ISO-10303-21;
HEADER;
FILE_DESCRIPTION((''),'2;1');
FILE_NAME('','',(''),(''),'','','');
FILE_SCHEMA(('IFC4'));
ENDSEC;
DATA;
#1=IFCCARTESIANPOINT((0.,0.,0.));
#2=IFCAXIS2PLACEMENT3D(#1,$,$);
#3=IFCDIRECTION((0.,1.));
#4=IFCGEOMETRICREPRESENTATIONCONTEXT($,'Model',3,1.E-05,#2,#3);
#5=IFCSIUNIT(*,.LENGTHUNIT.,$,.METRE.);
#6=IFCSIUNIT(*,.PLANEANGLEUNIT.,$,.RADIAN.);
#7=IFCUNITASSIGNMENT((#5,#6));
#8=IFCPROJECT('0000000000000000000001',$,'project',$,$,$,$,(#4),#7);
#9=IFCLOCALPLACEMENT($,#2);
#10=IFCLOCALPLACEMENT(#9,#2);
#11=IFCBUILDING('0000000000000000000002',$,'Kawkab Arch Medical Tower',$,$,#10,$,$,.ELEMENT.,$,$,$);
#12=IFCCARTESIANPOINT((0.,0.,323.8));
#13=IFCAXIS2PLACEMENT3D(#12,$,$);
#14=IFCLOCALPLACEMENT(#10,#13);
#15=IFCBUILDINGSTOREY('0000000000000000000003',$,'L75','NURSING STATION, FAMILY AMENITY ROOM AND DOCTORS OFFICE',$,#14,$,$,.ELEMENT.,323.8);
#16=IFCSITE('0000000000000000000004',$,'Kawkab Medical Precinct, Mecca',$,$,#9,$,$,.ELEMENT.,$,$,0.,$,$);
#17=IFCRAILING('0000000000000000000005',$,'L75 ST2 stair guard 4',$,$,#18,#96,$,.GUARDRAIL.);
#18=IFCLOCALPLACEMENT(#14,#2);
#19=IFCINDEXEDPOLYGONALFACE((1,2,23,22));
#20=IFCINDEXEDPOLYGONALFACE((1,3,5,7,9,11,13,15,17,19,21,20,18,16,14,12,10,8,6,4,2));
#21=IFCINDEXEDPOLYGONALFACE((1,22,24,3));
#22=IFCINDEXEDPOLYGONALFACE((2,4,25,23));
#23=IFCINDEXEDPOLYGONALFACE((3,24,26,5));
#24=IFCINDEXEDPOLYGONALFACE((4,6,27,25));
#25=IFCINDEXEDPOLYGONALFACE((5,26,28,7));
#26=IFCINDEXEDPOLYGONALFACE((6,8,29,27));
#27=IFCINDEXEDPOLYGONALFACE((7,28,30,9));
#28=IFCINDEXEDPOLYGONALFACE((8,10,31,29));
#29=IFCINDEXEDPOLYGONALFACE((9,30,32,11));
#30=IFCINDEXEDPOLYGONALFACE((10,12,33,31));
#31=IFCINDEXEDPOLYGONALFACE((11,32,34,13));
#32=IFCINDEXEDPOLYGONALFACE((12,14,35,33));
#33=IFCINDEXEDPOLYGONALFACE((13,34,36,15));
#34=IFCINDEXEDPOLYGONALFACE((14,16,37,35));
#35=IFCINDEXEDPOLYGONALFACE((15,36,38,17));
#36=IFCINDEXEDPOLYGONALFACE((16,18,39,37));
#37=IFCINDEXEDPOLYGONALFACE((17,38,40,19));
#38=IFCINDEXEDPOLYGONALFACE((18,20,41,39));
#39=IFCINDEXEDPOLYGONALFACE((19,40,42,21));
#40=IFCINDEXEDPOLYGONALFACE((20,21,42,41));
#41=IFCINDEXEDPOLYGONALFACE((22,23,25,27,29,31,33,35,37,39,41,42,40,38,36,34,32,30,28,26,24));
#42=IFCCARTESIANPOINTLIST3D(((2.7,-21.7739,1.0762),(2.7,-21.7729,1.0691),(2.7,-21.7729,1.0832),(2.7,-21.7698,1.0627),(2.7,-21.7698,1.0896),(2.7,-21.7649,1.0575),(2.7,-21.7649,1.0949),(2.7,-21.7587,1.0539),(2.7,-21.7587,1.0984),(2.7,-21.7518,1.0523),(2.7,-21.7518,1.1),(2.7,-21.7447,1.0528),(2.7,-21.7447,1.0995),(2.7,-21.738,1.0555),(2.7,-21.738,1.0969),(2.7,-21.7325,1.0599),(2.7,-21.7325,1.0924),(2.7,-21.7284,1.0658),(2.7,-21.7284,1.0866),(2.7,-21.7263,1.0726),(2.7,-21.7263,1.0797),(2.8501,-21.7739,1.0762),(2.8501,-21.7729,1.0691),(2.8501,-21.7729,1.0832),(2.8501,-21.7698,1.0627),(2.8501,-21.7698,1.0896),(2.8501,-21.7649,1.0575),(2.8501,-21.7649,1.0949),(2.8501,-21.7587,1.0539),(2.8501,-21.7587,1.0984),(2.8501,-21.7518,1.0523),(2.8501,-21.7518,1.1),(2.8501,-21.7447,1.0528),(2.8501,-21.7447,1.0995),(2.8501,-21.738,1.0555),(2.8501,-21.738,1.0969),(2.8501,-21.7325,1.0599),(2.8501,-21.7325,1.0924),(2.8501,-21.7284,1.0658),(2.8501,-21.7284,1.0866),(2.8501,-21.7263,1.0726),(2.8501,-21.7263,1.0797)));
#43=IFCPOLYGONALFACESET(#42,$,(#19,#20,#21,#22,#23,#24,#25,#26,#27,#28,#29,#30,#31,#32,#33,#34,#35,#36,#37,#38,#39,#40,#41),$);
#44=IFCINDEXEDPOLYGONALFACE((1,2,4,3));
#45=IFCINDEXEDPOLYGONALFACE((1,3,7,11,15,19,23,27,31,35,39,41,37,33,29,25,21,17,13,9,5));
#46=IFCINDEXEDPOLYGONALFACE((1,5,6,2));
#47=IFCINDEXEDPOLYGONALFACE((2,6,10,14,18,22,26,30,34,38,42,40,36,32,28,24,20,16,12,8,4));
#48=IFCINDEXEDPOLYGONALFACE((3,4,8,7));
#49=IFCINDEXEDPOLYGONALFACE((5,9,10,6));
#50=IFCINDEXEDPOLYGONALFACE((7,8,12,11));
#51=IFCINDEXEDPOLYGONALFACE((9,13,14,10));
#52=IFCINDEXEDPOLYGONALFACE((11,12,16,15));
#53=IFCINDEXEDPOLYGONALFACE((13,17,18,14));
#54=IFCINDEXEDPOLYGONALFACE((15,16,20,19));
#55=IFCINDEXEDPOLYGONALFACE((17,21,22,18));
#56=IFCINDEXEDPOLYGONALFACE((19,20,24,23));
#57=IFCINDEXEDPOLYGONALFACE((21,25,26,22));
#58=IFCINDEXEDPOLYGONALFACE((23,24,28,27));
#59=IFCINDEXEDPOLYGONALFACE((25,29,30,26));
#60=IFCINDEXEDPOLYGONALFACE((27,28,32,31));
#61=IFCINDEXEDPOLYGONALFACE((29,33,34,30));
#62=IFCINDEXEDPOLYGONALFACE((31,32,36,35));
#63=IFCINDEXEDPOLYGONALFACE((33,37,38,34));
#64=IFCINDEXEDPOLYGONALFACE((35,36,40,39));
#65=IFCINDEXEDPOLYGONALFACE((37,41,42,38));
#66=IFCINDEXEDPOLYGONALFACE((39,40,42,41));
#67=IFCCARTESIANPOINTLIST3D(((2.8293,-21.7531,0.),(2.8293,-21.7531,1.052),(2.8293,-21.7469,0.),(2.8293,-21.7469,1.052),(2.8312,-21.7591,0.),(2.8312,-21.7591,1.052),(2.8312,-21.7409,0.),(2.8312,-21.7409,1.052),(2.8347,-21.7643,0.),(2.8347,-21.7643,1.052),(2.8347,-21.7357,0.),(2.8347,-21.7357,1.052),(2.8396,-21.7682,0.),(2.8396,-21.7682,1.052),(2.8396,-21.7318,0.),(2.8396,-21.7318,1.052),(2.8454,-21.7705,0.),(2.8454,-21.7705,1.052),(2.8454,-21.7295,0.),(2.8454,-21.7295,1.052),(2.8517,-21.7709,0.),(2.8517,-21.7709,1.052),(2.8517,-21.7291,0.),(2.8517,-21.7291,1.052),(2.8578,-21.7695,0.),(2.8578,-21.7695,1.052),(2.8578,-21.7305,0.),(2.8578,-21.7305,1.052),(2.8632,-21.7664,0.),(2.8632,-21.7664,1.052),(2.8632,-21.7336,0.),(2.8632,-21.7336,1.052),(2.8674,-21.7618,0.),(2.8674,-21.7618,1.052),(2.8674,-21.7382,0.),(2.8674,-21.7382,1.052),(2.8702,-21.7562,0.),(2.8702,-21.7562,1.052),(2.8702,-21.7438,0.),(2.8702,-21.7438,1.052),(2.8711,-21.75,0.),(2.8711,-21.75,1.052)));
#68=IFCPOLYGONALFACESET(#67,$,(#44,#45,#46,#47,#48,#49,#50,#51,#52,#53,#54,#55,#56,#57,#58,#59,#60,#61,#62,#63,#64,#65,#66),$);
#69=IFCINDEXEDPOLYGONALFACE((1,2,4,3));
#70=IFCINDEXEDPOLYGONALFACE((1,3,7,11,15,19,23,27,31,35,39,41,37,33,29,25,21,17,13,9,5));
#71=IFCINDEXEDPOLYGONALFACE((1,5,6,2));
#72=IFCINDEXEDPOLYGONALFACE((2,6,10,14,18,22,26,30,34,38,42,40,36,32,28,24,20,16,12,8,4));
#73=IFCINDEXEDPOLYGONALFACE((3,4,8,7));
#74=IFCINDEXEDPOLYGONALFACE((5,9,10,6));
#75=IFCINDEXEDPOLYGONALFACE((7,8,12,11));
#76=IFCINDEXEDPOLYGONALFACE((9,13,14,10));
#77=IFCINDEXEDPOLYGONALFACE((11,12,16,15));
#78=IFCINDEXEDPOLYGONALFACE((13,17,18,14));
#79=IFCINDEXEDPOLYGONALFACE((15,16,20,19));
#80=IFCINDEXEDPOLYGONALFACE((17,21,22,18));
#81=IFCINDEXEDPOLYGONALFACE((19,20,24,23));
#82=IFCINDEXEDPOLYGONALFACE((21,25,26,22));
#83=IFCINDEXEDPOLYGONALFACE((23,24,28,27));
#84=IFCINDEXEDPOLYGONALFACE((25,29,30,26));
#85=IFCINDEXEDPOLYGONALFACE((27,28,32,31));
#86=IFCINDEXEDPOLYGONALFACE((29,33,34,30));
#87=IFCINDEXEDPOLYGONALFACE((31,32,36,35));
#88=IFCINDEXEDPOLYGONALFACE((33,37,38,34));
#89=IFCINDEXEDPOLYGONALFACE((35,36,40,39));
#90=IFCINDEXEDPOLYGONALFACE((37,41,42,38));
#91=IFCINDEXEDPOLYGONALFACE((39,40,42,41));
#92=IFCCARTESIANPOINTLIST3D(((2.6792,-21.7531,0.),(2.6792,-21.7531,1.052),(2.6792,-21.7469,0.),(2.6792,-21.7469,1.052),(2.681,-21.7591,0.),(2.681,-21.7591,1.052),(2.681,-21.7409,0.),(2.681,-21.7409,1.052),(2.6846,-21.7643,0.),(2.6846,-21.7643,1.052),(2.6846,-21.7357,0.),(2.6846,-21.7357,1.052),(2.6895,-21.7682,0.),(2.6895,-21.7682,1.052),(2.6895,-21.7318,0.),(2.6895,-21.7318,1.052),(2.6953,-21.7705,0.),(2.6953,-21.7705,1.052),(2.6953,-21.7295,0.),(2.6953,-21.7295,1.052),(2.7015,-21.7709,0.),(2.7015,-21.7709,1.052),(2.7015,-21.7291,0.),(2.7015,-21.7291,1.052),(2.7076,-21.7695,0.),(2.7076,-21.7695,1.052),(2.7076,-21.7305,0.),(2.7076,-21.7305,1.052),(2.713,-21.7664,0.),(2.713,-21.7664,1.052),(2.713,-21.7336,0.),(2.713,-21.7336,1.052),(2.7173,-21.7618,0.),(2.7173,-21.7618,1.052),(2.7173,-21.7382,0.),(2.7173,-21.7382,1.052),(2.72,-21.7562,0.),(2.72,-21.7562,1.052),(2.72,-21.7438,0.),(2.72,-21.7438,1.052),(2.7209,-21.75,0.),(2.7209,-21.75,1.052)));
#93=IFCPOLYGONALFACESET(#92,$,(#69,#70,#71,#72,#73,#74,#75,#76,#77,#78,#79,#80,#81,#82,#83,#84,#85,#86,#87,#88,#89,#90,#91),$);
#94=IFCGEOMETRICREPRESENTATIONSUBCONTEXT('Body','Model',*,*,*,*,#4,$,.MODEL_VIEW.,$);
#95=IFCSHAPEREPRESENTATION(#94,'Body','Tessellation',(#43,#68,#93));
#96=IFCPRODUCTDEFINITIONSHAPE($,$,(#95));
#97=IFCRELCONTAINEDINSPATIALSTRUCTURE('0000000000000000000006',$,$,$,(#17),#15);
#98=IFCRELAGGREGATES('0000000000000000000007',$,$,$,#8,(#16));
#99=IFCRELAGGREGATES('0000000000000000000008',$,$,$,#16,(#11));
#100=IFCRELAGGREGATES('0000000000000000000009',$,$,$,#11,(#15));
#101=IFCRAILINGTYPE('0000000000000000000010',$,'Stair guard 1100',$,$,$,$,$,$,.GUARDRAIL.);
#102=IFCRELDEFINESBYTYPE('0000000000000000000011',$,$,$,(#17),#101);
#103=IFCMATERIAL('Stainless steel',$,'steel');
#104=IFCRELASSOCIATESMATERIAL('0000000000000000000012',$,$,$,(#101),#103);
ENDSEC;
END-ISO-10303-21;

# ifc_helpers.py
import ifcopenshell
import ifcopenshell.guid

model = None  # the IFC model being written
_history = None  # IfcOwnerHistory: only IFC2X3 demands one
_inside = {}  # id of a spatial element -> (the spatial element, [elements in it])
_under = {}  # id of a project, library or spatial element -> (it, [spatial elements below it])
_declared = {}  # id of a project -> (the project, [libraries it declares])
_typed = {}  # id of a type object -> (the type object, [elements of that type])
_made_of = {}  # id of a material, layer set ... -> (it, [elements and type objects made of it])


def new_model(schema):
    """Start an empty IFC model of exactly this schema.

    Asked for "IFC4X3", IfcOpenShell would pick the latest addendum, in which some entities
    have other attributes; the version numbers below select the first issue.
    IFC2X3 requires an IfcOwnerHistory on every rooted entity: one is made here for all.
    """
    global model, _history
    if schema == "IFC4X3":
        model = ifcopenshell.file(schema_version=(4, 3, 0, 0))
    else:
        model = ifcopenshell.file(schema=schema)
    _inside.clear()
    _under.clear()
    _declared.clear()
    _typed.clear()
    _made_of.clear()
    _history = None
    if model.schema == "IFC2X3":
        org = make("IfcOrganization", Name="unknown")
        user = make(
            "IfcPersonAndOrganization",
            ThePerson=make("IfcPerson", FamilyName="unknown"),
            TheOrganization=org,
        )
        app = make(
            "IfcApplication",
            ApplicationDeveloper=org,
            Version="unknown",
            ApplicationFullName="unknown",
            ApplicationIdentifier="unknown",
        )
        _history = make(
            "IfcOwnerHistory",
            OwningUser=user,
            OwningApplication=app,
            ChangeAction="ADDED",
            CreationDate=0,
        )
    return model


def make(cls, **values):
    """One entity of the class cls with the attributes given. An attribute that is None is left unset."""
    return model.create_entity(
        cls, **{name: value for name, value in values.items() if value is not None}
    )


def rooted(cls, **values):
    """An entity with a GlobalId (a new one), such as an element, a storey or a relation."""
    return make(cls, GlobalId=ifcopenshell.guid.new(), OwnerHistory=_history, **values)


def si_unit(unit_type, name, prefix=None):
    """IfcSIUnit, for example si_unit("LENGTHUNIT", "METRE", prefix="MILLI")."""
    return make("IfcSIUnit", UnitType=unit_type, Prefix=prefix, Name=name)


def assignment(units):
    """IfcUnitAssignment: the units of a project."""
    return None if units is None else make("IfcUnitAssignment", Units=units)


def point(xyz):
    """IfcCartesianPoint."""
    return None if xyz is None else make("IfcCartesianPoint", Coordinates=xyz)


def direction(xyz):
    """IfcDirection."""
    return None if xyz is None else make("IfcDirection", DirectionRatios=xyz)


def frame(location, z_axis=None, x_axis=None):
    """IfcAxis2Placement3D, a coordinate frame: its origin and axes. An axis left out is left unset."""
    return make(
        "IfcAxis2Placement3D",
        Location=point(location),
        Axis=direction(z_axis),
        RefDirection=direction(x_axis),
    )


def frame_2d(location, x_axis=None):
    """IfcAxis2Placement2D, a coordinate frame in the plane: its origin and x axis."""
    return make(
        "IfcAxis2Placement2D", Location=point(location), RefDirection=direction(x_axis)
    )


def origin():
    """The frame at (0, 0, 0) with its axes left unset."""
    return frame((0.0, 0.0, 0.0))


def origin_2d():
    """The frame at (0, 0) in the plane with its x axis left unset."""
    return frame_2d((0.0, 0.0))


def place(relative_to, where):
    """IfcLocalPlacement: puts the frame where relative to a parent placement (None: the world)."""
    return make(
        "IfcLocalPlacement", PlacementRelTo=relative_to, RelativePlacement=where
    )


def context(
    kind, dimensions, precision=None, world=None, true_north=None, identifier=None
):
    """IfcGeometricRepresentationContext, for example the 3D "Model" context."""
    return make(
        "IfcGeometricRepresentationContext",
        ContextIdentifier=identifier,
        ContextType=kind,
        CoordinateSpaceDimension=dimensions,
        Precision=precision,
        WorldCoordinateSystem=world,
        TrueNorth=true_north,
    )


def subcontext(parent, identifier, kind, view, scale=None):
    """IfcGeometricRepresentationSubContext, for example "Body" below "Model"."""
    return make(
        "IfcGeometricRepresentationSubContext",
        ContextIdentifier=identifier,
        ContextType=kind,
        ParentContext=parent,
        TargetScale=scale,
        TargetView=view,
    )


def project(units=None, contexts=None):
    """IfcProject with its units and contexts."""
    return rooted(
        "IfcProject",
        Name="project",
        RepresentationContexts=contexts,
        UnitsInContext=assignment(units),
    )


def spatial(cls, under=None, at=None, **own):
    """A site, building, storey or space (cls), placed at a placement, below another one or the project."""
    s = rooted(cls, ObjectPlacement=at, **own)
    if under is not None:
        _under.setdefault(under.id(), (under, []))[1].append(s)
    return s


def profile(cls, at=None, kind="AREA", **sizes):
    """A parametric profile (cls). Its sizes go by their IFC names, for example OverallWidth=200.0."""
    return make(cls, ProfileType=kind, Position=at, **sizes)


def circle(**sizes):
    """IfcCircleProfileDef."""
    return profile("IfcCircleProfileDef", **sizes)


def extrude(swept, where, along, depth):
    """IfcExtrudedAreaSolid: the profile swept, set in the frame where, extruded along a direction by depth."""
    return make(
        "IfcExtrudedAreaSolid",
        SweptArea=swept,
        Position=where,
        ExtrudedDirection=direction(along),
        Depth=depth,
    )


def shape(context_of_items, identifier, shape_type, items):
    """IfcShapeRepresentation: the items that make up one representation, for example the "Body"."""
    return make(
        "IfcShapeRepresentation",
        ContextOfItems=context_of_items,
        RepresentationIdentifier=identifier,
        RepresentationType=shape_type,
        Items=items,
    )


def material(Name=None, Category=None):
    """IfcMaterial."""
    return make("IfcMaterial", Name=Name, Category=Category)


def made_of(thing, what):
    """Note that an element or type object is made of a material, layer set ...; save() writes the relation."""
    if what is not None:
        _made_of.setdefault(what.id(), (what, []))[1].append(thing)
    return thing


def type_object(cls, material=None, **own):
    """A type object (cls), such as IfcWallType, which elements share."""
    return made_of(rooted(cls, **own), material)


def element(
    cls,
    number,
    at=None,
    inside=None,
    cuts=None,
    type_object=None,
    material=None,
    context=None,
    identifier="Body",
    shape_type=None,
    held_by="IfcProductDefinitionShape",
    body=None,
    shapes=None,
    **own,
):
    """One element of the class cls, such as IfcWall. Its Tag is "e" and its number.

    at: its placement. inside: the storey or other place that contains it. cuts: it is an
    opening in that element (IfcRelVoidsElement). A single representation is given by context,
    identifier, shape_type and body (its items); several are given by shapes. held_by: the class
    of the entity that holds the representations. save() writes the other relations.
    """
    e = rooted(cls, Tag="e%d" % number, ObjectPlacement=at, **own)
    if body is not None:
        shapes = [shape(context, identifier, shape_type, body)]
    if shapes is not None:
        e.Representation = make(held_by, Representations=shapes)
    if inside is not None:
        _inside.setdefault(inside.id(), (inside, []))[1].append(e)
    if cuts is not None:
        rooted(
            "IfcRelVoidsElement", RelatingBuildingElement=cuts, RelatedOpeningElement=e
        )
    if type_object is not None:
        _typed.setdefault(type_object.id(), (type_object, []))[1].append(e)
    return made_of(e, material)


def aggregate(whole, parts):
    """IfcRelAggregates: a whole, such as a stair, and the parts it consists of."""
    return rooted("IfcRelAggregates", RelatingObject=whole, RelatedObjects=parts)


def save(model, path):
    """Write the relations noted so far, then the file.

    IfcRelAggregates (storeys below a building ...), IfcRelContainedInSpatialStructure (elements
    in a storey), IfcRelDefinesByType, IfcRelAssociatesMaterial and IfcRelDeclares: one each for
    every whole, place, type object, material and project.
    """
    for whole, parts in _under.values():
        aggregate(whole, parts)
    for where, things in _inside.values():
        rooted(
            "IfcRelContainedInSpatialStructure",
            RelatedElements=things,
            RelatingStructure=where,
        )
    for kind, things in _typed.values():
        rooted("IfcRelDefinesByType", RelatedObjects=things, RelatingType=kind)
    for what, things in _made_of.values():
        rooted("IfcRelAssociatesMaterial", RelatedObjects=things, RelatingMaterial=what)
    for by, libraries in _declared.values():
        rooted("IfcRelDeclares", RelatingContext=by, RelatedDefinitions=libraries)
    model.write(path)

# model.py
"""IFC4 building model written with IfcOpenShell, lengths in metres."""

from ifc_helpers import new_model, si_unit, direction, frame, origin, origin_2d, place, context, subcontext, project, spatial, circle, extrude, material, type_object, element, save


model = new_model("IFC4")

# Units and contexts
model_context = context("Model", 3, precision=1e-05, world=origin(), true_north=direction((0.0, 1.0)))
body_context = subcontext(model_context, "Body", "Model", "MODEL_VIEW")
ifc_project = project(units=[si_unit("LENGTHUNIT", "METRE"), si_unit("PLANEANGLEUNIT", "RADIAN")], contexts=[model_context])

# Site, building, storey
site_placement = place(None, origin())
site = spatial("IfcSite", under=ifc_project, at=site_placement, Name="Kawkab Medical Precinct, Mecca", CompositionType="ELEMENT", RefElevation=0.0)
building_placement = place(site_placement, origin())
building = spatial("IfcBuilding", under=site, at=building_placement, Name="Kawkab Arch Medical Tower", CompositionType="ELEMENT")
storey_placement = place(building_placement, frame((0.0, 0.0, 323.8)))
storey = spatial("IfcBuildingStorey", under=building, at=storey_placement, Name="L75", Description="NURSING STATION, FAMILY AMENITY ROOM AND DOCTORS OFFICE", CompositionType="ELEMENT", Elevation=323.8)

# Railing
ifc_material_1 = material(Name="Stainless steel", Category="steel")
railing_type = type_object("IfcRailingType", Name="Stair guard 1100", PredefinedType="GUARDRAIL", material=ifc_material_1)
railing_1_placement = place(storey_placement, frame((2.8501, -21.75, 0.0)))
element("IfcRailing", 1, at=railing_1_placement, inside=storey, type_object=railing_type, Name="L75 ST2 stair guard 4", PredefinedType="GUARDRAIL", context=body_context, shape_type="SweptSolid", body=[
    extrude(circle(Radius=0.0239, at=origin_2d()), frame((0.0, 0.0, 1.0762), z_axis=(-1.0, 0.0, 0.0), x_axis=(0.0, -1.0, 0.0)), (0.0, 0.0, 1.0), 0.1501),
    extrude(circle(Radius=0.021, at=origin_2d()), origin(), (0.0, 0.0, 1.0), 1.052),
    extrude(circle(Radius=0.021, at=origin_2d()), frame((-0.1501, 0.0, 0.0)), (0.0, 0.0, 1.0), 1.052),
])

save(model, "model.ifc")
